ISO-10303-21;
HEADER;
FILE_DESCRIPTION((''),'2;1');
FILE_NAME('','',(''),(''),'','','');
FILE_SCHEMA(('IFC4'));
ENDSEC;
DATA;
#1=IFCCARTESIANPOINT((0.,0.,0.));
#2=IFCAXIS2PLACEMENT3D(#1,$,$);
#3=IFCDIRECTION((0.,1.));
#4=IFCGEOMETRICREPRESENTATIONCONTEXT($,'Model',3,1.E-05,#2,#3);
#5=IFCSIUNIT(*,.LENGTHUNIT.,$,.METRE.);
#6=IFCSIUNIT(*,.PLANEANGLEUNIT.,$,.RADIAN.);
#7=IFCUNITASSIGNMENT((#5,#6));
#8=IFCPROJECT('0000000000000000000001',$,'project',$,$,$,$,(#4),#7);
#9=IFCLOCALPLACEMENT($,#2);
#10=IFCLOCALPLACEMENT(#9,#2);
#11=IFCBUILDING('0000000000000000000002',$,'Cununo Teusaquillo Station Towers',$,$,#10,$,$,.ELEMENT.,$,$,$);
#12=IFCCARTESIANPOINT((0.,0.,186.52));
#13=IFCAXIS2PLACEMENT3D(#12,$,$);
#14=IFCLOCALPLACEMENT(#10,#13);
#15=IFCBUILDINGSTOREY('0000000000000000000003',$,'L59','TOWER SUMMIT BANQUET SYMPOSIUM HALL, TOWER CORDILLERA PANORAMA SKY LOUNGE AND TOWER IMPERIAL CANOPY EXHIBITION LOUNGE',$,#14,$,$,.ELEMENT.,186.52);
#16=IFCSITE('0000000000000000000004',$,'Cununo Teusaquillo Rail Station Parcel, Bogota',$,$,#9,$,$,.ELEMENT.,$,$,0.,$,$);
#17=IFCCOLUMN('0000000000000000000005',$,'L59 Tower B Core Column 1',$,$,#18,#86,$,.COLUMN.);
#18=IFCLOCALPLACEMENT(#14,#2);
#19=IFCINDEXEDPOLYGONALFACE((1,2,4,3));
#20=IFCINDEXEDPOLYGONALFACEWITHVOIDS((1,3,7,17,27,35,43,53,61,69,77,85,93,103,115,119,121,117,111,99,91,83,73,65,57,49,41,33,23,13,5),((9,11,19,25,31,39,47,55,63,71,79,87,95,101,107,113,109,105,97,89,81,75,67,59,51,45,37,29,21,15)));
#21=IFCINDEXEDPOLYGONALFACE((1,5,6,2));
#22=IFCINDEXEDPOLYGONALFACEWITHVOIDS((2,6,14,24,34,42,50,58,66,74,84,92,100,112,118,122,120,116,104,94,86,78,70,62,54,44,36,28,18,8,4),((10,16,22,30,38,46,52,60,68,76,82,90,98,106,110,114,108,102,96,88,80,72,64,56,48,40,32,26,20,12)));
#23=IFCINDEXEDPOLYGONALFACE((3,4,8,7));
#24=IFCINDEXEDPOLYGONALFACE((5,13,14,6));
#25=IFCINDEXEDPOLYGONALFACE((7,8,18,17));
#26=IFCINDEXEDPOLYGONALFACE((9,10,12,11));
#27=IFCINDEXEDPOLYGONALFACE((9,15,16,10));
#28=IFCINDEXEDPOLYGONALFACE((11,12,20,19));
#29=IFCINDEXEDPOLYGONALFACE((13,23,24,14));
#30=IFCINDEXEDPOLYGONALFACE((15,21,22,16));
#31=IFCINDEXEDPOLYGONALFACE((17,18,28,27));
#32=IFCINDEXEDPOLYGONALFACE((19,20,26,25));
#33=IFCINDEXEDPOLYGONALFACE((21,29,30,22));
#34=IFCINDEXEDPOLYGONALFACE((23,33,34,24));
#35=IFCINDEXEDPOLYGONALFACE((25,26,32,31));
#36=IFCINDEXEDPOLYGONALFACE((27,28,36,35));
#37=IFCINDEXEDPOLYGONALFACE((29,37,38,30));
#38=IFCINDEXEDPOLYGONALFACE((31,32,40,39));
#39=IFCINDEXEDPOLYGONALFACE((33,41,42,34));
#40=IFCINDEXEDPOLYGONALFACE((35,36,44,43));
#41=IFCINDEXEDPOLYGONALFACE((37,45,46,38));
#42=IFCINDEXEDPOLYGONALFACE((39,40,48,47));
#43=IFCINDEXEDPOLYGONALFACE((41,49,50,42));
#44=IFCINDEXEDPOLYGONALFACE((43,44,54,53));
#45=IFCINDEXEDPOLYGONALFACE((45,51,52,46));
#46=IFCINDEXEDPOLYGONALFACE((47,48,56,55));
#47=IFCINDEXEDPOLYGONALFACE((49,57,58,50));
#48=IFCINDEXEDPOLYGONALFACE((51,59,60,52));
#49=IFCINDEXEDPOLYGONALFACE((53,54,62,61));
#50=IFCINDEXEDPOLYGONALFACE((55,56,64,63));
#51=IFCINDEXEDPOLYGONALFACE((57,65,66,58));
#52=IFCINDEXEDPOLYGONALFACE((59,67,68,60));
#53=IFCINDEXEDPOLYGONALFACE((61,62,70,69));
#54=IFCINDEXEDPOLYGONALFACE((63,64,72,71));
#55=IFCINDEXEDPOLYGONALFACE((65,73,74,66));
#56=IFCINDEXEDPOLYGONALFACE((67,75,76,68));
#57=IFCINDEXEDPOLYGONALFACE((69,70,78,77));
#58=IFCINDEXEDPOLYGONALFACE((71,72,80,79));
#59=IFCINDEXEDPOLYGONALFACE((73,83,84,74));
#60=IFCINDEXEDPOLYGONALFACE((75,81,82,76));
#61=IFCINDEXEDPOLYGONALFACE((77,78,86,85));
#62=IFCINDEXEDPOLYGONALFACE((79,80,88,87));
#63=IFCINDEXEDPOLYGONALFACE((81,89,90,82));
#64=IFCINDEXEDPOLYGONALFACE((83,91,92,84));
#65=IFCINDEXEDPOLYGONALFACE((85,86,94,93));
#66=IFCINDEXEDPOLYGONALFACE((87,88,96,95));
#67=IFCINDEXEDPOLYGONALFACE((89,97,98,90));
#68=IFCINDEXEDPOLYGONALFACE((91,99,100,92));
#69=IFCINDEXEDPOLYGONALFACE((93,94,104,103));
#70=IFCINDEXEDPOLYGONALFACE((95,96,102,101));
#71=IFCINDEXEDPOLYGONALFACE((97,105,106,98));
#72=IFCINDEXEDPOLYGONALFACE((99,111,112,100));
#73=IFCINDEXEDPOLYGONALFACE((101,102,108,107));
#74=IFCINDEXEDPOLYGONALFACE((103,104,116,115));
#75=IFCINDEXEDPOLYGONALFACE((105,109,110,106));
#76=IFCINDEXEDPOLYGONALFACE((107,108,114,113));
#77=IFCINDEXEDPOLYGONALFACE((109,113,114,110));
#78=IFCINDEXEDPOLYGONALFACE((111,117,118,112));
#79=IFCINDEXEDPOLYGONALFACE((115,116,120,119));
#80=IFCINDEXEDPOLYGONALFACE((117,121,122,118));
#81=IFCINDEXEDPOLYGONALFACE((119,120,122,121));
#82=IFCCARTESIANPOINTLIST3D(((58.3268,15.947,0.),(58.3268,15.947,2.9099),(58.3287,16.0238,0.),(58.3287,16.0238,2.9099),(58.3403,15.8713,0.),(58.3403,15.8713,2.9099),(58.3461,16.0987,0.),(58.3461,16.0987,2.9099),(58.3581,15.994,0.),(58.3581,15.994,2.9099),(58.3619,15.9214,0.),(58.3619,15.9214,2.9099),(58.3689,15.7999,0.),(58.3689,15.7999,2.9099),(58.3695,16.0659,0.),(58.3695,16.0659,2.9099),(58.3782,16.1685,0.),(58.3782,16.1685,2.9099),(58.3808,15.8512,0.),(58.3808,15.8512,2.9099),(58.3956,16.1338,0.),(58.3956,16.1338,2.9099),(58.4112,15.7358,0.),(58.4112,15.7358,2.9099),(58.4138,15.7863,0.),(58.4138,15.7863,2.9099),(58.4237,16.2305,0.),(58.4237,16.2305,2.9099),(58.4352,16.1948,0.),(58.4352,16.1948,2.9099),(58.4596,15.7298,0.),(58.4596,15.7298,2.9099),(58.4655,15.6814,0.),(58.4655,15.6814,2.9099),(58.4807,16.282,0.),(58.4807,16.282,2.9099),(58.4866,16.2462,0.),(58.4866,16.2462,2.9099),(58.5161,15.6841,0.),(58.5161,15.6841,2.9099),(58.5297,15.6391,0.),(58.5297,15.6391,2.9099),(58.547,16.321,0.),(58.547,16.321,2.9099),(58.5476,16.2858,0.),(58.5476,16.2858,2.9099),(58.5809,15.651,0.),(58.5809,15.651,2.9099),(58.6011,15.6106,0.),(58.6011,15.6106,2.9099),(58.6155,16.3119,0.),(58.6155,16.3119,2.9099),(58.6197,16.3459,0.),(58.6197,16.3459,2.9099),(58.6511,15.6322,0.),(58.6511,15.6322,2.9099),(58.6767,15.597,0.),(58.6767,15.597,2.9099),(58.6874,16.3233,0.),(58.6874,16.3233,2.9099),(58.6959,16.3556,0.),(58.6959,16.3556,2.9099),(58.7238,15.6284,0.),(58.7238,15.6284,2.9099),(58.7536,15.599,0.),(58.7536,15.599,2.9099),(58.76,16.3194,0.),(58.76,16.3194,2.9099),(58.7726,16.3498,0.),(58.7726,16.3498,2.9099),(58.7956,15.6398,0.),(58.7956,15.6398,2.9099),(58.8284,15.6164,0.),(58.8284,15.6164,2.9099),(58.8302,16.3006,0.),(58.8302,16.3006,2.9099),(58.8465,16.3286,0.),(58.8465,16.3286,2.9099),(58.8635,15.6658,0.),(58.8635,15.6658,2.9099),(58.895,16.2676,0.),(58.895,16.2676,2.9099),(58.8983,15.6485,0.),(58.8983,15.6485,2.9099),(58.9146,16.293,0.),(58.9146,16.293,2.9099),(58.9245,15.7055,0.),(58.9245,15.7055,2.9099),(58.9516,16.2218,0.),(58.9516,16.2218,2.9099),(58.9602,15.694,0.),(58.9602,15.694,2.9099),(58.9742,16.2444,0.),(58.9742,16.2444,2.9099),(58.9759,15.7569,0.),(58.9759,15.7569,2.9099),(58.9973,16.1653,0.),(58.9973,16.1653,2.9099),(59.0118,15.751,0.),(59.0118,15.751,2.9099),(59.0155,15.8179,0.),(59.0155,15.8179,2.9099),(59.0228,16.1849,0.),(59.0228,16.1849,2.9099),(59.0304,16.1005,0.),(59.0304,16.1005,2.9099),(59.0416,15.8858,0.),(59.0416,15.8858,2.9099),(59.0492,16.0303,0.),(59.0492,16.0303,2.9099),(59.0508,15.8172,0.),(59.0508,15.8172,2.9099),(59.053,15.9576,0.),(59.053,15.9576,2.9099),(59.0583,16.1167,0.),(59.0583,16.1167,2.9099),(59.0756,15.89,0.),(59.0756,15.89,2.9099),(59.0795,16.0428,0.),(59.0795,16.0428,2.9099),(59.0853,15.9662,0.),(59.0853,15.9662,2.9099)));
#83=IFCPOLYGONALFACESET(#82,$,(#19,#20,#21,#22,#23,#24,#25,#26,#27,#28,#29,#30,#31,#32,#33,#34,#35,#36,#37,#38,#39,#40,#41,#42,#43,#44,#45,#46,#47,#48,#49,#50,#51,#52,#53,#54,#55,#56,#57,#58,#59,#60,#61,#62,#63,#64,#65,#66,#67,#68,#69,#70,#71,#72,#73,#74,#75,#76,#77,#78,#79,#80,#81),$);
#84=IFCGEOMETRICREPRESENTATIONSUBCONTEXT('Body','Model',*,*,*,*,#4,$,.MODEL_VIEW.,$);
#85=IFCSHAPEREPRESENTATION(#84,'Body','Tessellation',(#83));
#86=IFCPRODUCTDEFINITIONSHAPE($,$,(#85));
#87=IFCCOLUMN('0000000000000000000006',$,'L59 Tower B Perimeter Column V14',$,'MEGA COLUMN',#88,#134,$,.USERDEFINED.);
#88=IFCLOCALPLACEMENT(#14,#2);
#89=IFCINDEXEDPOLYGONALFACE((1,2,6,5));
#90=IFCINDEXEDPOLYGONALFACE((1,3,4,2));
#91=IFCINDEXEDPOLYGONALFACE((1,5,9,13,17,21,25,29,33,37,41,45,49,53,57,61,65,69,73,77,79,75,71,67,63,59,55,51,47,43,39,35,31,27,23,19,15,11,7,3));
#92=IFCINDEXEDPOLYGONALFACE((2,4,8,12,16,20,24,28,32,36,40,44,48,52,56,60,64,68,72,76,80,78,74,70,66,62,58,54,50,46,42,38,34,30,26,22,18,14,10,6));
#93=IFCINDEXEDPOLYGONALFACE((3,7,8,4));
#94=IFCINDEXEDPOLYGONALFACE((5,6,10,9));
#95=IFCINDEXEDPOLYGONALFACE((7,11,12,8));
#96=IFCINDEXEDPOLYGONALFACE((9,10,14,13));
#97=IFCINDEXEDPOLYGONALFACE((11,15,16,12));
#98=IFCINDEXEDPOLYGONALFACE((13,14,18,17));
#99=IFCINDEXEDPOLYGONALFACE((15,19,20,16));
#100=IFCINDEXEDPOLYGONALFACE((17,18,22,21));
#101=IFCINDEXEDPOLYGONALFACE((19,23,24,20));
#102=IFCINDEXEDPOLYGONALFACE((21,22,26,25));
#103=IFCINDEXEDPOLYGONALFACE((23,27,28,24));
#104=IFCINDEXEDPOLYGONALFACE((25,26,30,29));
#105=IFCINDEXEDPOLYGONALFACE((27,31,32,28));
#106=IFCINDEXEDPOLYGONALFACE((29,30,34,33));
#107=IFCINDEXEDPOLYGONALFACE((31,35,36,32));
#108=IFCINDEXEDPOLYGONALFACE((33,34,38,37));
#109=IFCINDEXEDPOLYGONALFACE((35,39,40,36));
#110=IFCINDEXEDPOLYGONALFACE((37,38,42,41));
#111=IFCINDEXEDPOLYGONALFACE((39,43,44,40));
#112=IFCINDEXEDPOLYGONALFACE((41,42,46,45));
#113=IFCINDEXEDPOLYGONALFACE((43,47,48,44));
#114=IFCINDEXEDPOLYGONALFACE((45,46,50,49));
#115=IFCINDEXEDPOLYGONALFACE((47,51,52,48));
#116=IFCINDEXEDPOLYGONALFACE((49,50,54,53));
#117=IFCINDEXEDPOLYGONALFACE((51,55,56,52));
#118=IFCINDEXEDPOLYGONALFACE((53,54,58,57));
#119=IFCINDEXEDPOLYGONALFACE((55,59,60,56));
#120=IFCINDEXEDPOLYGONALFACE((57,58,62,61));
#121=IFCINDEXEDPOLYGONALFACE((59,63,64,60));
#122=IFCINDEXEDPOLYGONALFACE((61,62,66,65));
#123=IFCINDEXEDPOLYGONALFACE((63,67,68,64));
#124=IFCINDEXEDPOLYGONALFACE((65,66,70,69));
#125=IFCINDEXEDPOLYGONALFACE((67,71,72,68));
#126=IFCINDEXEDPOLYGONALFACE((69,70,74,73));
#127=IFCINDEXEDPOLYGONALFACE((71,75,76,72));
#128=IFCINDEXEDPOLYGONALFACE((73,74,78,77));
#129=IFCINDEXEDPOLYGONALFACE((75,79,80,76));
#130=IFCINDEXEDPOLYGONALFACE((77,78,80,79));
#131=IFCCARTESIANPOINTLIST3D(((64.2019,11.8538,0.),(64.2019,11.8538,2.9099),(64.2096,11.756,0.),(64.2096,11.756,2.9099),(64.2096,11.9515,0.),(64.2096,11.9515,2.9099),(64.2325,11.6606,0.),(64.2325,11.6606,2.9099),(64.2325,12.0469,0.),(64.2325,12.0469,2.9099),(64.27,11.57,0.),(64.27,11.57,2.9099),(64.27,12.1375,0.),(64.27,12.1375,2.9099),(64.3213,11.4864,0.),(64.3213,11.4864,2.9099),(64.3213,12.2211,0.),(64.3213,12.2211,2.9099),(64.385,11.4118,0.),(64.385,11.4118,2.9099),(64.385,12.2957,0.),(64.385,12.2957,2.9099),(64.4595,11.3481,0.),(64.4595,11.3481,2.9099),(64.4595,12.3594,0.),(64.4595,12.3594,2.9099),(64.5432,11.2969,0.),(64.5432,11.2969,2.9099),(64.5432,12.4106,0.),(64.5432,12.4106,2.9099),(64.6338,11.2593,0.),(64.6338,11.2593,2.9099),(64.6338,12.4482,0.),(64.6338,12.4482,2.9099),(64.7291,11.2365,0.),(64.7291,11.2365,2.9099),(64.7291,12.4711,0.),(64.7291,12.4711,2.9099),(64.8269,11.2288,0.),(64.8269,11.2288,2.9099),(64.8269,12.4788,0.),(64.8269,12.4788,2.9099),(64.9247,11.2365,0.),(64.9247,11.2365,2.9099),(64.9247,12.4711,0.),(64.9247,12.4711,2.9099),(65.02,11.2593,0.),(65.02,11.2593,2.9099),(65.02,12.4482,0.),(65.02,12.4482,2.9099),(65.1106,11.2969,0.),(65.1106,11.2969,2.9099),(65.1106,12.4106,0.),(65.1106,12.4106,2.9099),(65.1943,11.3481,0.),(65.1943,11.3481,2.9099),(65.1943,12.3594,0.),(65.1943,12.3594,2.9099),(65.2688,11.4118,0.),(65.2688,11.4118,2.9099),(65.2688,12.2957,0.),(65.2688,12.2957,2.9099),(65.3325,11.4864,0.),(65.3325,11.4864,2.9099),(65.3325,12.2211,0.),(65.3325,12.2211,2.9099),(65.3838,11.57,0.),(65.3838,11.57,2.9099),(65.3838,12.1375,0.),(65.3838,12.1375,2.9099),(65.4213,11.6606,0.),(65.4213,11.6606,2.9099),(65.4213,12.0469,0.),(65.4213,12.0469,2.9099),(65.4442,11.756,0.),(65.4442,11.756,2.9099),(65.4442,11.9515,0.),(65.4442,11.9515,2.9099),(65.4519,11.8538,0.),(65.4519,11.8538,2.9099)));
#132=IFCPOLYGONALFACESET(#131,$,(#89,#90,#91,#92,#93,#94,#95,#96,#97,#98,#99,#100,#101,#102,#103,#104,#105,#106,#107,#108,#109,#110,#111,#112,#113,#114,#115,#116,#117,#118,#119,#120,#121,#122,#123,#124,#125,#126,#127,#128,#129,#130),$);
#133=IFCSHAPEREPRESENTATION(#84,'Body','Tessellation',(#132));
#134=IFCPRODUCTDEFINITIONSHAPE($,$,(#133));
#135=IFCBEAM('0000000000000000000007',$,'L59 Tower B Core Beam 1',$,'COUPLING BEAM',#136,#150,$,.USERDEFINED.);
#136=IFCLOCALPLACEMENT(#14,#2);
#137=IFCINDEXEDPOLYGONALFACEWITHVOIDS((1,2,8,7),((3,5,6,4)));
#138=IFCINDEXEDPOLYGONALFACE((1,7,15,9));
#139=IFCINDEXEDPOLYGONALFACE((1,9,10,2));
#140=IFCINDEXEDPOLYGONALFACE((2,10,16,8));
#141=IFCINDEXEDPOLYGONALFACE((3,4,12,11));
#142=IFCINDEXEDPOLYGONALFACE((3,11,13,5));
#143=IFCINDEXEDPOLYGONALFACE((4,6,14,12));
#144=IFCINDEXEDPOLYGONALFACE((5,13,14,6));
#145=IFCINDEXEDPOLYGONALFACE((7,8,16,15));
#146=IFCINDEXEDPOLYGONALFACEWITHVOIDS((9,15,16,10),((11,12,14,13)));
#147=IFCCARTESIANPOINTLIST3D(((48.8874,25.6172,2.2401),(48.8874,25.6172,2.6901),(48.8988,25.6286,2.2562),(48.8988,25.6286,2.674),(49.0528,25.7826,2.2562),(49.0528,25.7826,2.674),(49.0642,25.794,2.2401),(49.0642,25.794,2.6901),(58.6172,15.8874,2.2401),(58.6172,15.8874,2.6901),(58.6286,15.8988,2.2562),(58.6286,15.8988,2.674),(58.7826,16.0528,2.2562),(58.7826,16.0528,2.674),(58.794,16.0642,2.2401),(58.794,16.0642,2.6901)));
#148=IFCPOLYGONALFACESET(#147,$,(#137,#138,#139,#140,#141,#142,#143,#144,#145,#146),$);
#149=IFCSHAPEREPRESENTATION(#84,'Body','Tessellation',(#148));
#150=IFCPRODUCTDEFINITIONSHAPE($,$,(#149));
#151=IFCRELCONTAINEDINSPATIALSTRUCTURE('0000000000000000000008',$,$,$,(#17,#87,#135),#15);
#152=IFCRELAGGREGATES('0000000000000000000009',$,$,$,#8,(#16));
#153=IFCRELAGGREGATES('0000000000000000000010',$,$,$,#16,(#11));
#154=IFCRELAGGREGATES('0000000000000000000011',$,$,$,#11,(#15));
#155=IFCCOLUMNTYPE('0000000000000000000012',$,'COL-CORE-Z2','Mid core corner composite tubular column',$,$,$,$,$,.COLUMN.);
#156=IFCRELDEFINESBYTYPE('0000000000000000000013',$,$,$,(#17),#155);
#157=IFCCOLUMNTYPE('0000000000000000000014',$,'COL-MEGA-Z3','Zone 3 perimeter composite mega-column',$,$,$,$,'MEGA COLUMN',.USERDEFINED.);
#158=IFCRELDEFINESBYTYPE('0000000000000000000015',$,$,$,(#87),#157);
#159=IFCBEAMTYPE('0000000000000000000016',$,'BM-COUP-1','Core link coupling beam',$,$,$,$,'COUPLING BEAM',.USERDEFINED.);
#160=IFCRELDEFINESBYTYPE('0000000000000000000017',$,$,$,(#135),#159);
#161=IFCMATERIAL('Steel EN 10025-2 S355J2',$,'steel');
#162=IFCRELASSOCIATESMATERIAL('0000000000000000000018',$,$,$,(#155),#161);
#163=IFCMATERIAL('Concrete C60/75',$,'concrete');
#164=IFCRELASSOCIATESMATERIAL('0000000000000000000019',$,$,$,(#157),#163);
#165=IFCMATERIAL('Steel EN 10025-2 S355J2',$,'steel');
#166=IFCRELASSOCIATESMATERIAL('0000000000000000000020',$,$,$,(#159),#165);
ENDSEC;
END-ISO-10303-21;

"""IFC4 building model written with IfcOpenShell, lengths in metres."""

from ifc_helpers import new_model, si_unit, direction, frame, origin, origin_2d, place, context, subcontext, project, spatial, hollow_rectangle, circle, hollow_circle, extrude, material, material_profile, profile_set, type_object, element, save


model = new_model("IFC4")

# Units and contexts
model_context = context("Model", 3, precision=1e-05, world=origin(), true_north=direction((0.0, 1.0)))
body_context = subcontext(model_context, "Body", "Model", "MODEL_VIEW")
ifc_project = project(units=[si_unit("LENGTHUNIT", "METRE"), si_unit("PLANEANGLEUNIT", "RADIAN")], contexts=[model_context])

# Site, building, storey
site_placement = place(None, origin())
site = spatial("IfcSite", under=ifc_project, at=site_placement, Name="Cununo Teusaquillo Rail Station Parcel, Bogota", CompositionType="ELEMENT", RefElevation=0.0)
building_placement = place(site_placement, origin())
building = spatial("IfcBuilding", under=site, at=building_placement, Name="Cununo Teusaquillo Station Towers", CompositionType="ELEMENT")
storey_placement = place(building_placement, frame((0.0, 0.0, 186.52)))
storey = spatial("IfcBuildingStorey", under=building, at=storey_placement, Name="L59", Description="TOWER SUMMIT BANQUET SYMPOSIUM HALL, TOWER CORDILLERA PANORAMA SKY LOUNGE AND TOWER IMPERIAL CANOPY EXHIBITION LOUNGE", CompositionType="ELEMENT", Elevation=186.52)

# Columns
ifc_material_1 = material(Name="Steel EN 10025-2 S355J2", Category="steel")
ifc_material_profile_1 = material_profile(ifc_material_1, hollow_circle(Radius=0.3799, WallThickness=0.032, at=origin_2d()), Name="CHS 760x32")
ifc_profile_set_1 = profile_set([ifc_material_profile_1], Name="Steel EN 10025-2 S355J2")
column_type_1 = type_object("IfcColumnType", Name="COL-CORE-Z2", Description="Mid core corner composite tubular column", PredefinedType="COLUMN", material=ifc_profile_set_1)
column_1_placement = place(storey_placement, frame((58.7056, 15.9758, 0.0), z_axis=(0.0, 0.0, 1.0), x_axis=(0.707107, 0.707107, 0.0)))
element("IfcColumn", 1, at=column_1_placement, inside=storey, type_object=column_type_1, Name="L59 Tower B Core Column 1", PredefinedType="COLUMN", context=body_context, shape_type="SweptSolid", body=[
    extrude(hollow_circle(Radius=0.3799, WallThickness=0.032, at=origin_2d()), origin(), (0.0, 0.0, 1.0), 2.9099),
])
ifc_material_2 = material(Name="Concrete C60/75", Category="concrete")
ifc_material_profile_2 = material_profile(ifc_material_2, circle(Radius=0.625, at=origin_2d()), Name="RC-CIRC-1250")
ifc_profile_set_2 = profile_set([ifc_material_profile_2], Name="Concrete C60/75")
column_type_2 = type_object("IfcColumnType", Name="COL-MEGA-Z3", Description="Zone 3 perimeter composite mega-column", ElementType="MEGA COLUMN", PredefinedType="USERDEFINED", material=ifc_profile_set_2)
column_2_placement = place(storey_placement, frame((64.8269, 11.8538, 0.0), z_axis=(0.0, 0.0, 1.0), x_axis=(1.0, 0.0, 0.0)))
element("IfcColumn", 2, at=column_2_placement, inside=storey, type_object=column_type_2, Name="L59 Tower B Perimeter Column V14", ObjectType="MEGA COLUMN", PredefinedType="USERDEFINED", context=body_context, shape_type="SweptSolid", body=[
    extrude(circle(Radius=0.625, at=origin_2d()), origin(), (0.0, 0.0, 1.0), 2.9099),
])

# Beam
ifc_material_3 = material(Name="Steel EN 10025-2 S355J2", Category="steel")
ifc_material_profile_3 = material_profile(ifc_material_3, hollow_rectangle(XDim=0.25, YDim=0.45, WallThickness=0.0161, at=origin_2d()), Name="RHS 450x250x16")
ifc_profile_set_3 = profile_set([ifc_material_profile_3], Name="Steel EN 10025-2 S355J2")
beam_type_1 = type_object("IfcBeamType", Name="BM-COUP-1", Description="Core link coupling beam", ElementType="COUPLING BEAM", PredefinedType="USERDEFINED", material=ifc_profile_set_3)
beam_1_placement = place(storey_placement, frame((58.7056, 15.9758, 2.4651), z_axis=(-0.707107, 0.707107, 0.0), x_axis=(-0.707107, -0.707107, 0.0)))
element("IfcBeam", 3, at=beam_1_placement, inside=storey, type_object=beam_type_1, Name="L59 Tower B Core Beam 1", ObjectType="COUPLING BEAM", PredefinedType="USERDEFINED", context=body_context, shape_type="SweptSolid", body=[
    extrude(hollow_rectangle(XDim=0.25, YDim=0.45, WallThickness=0.0161, at=origin_2d()), origin(), (0.0, 0.0, 1.0), 13.76),
])

save(model, "model.ifc")
